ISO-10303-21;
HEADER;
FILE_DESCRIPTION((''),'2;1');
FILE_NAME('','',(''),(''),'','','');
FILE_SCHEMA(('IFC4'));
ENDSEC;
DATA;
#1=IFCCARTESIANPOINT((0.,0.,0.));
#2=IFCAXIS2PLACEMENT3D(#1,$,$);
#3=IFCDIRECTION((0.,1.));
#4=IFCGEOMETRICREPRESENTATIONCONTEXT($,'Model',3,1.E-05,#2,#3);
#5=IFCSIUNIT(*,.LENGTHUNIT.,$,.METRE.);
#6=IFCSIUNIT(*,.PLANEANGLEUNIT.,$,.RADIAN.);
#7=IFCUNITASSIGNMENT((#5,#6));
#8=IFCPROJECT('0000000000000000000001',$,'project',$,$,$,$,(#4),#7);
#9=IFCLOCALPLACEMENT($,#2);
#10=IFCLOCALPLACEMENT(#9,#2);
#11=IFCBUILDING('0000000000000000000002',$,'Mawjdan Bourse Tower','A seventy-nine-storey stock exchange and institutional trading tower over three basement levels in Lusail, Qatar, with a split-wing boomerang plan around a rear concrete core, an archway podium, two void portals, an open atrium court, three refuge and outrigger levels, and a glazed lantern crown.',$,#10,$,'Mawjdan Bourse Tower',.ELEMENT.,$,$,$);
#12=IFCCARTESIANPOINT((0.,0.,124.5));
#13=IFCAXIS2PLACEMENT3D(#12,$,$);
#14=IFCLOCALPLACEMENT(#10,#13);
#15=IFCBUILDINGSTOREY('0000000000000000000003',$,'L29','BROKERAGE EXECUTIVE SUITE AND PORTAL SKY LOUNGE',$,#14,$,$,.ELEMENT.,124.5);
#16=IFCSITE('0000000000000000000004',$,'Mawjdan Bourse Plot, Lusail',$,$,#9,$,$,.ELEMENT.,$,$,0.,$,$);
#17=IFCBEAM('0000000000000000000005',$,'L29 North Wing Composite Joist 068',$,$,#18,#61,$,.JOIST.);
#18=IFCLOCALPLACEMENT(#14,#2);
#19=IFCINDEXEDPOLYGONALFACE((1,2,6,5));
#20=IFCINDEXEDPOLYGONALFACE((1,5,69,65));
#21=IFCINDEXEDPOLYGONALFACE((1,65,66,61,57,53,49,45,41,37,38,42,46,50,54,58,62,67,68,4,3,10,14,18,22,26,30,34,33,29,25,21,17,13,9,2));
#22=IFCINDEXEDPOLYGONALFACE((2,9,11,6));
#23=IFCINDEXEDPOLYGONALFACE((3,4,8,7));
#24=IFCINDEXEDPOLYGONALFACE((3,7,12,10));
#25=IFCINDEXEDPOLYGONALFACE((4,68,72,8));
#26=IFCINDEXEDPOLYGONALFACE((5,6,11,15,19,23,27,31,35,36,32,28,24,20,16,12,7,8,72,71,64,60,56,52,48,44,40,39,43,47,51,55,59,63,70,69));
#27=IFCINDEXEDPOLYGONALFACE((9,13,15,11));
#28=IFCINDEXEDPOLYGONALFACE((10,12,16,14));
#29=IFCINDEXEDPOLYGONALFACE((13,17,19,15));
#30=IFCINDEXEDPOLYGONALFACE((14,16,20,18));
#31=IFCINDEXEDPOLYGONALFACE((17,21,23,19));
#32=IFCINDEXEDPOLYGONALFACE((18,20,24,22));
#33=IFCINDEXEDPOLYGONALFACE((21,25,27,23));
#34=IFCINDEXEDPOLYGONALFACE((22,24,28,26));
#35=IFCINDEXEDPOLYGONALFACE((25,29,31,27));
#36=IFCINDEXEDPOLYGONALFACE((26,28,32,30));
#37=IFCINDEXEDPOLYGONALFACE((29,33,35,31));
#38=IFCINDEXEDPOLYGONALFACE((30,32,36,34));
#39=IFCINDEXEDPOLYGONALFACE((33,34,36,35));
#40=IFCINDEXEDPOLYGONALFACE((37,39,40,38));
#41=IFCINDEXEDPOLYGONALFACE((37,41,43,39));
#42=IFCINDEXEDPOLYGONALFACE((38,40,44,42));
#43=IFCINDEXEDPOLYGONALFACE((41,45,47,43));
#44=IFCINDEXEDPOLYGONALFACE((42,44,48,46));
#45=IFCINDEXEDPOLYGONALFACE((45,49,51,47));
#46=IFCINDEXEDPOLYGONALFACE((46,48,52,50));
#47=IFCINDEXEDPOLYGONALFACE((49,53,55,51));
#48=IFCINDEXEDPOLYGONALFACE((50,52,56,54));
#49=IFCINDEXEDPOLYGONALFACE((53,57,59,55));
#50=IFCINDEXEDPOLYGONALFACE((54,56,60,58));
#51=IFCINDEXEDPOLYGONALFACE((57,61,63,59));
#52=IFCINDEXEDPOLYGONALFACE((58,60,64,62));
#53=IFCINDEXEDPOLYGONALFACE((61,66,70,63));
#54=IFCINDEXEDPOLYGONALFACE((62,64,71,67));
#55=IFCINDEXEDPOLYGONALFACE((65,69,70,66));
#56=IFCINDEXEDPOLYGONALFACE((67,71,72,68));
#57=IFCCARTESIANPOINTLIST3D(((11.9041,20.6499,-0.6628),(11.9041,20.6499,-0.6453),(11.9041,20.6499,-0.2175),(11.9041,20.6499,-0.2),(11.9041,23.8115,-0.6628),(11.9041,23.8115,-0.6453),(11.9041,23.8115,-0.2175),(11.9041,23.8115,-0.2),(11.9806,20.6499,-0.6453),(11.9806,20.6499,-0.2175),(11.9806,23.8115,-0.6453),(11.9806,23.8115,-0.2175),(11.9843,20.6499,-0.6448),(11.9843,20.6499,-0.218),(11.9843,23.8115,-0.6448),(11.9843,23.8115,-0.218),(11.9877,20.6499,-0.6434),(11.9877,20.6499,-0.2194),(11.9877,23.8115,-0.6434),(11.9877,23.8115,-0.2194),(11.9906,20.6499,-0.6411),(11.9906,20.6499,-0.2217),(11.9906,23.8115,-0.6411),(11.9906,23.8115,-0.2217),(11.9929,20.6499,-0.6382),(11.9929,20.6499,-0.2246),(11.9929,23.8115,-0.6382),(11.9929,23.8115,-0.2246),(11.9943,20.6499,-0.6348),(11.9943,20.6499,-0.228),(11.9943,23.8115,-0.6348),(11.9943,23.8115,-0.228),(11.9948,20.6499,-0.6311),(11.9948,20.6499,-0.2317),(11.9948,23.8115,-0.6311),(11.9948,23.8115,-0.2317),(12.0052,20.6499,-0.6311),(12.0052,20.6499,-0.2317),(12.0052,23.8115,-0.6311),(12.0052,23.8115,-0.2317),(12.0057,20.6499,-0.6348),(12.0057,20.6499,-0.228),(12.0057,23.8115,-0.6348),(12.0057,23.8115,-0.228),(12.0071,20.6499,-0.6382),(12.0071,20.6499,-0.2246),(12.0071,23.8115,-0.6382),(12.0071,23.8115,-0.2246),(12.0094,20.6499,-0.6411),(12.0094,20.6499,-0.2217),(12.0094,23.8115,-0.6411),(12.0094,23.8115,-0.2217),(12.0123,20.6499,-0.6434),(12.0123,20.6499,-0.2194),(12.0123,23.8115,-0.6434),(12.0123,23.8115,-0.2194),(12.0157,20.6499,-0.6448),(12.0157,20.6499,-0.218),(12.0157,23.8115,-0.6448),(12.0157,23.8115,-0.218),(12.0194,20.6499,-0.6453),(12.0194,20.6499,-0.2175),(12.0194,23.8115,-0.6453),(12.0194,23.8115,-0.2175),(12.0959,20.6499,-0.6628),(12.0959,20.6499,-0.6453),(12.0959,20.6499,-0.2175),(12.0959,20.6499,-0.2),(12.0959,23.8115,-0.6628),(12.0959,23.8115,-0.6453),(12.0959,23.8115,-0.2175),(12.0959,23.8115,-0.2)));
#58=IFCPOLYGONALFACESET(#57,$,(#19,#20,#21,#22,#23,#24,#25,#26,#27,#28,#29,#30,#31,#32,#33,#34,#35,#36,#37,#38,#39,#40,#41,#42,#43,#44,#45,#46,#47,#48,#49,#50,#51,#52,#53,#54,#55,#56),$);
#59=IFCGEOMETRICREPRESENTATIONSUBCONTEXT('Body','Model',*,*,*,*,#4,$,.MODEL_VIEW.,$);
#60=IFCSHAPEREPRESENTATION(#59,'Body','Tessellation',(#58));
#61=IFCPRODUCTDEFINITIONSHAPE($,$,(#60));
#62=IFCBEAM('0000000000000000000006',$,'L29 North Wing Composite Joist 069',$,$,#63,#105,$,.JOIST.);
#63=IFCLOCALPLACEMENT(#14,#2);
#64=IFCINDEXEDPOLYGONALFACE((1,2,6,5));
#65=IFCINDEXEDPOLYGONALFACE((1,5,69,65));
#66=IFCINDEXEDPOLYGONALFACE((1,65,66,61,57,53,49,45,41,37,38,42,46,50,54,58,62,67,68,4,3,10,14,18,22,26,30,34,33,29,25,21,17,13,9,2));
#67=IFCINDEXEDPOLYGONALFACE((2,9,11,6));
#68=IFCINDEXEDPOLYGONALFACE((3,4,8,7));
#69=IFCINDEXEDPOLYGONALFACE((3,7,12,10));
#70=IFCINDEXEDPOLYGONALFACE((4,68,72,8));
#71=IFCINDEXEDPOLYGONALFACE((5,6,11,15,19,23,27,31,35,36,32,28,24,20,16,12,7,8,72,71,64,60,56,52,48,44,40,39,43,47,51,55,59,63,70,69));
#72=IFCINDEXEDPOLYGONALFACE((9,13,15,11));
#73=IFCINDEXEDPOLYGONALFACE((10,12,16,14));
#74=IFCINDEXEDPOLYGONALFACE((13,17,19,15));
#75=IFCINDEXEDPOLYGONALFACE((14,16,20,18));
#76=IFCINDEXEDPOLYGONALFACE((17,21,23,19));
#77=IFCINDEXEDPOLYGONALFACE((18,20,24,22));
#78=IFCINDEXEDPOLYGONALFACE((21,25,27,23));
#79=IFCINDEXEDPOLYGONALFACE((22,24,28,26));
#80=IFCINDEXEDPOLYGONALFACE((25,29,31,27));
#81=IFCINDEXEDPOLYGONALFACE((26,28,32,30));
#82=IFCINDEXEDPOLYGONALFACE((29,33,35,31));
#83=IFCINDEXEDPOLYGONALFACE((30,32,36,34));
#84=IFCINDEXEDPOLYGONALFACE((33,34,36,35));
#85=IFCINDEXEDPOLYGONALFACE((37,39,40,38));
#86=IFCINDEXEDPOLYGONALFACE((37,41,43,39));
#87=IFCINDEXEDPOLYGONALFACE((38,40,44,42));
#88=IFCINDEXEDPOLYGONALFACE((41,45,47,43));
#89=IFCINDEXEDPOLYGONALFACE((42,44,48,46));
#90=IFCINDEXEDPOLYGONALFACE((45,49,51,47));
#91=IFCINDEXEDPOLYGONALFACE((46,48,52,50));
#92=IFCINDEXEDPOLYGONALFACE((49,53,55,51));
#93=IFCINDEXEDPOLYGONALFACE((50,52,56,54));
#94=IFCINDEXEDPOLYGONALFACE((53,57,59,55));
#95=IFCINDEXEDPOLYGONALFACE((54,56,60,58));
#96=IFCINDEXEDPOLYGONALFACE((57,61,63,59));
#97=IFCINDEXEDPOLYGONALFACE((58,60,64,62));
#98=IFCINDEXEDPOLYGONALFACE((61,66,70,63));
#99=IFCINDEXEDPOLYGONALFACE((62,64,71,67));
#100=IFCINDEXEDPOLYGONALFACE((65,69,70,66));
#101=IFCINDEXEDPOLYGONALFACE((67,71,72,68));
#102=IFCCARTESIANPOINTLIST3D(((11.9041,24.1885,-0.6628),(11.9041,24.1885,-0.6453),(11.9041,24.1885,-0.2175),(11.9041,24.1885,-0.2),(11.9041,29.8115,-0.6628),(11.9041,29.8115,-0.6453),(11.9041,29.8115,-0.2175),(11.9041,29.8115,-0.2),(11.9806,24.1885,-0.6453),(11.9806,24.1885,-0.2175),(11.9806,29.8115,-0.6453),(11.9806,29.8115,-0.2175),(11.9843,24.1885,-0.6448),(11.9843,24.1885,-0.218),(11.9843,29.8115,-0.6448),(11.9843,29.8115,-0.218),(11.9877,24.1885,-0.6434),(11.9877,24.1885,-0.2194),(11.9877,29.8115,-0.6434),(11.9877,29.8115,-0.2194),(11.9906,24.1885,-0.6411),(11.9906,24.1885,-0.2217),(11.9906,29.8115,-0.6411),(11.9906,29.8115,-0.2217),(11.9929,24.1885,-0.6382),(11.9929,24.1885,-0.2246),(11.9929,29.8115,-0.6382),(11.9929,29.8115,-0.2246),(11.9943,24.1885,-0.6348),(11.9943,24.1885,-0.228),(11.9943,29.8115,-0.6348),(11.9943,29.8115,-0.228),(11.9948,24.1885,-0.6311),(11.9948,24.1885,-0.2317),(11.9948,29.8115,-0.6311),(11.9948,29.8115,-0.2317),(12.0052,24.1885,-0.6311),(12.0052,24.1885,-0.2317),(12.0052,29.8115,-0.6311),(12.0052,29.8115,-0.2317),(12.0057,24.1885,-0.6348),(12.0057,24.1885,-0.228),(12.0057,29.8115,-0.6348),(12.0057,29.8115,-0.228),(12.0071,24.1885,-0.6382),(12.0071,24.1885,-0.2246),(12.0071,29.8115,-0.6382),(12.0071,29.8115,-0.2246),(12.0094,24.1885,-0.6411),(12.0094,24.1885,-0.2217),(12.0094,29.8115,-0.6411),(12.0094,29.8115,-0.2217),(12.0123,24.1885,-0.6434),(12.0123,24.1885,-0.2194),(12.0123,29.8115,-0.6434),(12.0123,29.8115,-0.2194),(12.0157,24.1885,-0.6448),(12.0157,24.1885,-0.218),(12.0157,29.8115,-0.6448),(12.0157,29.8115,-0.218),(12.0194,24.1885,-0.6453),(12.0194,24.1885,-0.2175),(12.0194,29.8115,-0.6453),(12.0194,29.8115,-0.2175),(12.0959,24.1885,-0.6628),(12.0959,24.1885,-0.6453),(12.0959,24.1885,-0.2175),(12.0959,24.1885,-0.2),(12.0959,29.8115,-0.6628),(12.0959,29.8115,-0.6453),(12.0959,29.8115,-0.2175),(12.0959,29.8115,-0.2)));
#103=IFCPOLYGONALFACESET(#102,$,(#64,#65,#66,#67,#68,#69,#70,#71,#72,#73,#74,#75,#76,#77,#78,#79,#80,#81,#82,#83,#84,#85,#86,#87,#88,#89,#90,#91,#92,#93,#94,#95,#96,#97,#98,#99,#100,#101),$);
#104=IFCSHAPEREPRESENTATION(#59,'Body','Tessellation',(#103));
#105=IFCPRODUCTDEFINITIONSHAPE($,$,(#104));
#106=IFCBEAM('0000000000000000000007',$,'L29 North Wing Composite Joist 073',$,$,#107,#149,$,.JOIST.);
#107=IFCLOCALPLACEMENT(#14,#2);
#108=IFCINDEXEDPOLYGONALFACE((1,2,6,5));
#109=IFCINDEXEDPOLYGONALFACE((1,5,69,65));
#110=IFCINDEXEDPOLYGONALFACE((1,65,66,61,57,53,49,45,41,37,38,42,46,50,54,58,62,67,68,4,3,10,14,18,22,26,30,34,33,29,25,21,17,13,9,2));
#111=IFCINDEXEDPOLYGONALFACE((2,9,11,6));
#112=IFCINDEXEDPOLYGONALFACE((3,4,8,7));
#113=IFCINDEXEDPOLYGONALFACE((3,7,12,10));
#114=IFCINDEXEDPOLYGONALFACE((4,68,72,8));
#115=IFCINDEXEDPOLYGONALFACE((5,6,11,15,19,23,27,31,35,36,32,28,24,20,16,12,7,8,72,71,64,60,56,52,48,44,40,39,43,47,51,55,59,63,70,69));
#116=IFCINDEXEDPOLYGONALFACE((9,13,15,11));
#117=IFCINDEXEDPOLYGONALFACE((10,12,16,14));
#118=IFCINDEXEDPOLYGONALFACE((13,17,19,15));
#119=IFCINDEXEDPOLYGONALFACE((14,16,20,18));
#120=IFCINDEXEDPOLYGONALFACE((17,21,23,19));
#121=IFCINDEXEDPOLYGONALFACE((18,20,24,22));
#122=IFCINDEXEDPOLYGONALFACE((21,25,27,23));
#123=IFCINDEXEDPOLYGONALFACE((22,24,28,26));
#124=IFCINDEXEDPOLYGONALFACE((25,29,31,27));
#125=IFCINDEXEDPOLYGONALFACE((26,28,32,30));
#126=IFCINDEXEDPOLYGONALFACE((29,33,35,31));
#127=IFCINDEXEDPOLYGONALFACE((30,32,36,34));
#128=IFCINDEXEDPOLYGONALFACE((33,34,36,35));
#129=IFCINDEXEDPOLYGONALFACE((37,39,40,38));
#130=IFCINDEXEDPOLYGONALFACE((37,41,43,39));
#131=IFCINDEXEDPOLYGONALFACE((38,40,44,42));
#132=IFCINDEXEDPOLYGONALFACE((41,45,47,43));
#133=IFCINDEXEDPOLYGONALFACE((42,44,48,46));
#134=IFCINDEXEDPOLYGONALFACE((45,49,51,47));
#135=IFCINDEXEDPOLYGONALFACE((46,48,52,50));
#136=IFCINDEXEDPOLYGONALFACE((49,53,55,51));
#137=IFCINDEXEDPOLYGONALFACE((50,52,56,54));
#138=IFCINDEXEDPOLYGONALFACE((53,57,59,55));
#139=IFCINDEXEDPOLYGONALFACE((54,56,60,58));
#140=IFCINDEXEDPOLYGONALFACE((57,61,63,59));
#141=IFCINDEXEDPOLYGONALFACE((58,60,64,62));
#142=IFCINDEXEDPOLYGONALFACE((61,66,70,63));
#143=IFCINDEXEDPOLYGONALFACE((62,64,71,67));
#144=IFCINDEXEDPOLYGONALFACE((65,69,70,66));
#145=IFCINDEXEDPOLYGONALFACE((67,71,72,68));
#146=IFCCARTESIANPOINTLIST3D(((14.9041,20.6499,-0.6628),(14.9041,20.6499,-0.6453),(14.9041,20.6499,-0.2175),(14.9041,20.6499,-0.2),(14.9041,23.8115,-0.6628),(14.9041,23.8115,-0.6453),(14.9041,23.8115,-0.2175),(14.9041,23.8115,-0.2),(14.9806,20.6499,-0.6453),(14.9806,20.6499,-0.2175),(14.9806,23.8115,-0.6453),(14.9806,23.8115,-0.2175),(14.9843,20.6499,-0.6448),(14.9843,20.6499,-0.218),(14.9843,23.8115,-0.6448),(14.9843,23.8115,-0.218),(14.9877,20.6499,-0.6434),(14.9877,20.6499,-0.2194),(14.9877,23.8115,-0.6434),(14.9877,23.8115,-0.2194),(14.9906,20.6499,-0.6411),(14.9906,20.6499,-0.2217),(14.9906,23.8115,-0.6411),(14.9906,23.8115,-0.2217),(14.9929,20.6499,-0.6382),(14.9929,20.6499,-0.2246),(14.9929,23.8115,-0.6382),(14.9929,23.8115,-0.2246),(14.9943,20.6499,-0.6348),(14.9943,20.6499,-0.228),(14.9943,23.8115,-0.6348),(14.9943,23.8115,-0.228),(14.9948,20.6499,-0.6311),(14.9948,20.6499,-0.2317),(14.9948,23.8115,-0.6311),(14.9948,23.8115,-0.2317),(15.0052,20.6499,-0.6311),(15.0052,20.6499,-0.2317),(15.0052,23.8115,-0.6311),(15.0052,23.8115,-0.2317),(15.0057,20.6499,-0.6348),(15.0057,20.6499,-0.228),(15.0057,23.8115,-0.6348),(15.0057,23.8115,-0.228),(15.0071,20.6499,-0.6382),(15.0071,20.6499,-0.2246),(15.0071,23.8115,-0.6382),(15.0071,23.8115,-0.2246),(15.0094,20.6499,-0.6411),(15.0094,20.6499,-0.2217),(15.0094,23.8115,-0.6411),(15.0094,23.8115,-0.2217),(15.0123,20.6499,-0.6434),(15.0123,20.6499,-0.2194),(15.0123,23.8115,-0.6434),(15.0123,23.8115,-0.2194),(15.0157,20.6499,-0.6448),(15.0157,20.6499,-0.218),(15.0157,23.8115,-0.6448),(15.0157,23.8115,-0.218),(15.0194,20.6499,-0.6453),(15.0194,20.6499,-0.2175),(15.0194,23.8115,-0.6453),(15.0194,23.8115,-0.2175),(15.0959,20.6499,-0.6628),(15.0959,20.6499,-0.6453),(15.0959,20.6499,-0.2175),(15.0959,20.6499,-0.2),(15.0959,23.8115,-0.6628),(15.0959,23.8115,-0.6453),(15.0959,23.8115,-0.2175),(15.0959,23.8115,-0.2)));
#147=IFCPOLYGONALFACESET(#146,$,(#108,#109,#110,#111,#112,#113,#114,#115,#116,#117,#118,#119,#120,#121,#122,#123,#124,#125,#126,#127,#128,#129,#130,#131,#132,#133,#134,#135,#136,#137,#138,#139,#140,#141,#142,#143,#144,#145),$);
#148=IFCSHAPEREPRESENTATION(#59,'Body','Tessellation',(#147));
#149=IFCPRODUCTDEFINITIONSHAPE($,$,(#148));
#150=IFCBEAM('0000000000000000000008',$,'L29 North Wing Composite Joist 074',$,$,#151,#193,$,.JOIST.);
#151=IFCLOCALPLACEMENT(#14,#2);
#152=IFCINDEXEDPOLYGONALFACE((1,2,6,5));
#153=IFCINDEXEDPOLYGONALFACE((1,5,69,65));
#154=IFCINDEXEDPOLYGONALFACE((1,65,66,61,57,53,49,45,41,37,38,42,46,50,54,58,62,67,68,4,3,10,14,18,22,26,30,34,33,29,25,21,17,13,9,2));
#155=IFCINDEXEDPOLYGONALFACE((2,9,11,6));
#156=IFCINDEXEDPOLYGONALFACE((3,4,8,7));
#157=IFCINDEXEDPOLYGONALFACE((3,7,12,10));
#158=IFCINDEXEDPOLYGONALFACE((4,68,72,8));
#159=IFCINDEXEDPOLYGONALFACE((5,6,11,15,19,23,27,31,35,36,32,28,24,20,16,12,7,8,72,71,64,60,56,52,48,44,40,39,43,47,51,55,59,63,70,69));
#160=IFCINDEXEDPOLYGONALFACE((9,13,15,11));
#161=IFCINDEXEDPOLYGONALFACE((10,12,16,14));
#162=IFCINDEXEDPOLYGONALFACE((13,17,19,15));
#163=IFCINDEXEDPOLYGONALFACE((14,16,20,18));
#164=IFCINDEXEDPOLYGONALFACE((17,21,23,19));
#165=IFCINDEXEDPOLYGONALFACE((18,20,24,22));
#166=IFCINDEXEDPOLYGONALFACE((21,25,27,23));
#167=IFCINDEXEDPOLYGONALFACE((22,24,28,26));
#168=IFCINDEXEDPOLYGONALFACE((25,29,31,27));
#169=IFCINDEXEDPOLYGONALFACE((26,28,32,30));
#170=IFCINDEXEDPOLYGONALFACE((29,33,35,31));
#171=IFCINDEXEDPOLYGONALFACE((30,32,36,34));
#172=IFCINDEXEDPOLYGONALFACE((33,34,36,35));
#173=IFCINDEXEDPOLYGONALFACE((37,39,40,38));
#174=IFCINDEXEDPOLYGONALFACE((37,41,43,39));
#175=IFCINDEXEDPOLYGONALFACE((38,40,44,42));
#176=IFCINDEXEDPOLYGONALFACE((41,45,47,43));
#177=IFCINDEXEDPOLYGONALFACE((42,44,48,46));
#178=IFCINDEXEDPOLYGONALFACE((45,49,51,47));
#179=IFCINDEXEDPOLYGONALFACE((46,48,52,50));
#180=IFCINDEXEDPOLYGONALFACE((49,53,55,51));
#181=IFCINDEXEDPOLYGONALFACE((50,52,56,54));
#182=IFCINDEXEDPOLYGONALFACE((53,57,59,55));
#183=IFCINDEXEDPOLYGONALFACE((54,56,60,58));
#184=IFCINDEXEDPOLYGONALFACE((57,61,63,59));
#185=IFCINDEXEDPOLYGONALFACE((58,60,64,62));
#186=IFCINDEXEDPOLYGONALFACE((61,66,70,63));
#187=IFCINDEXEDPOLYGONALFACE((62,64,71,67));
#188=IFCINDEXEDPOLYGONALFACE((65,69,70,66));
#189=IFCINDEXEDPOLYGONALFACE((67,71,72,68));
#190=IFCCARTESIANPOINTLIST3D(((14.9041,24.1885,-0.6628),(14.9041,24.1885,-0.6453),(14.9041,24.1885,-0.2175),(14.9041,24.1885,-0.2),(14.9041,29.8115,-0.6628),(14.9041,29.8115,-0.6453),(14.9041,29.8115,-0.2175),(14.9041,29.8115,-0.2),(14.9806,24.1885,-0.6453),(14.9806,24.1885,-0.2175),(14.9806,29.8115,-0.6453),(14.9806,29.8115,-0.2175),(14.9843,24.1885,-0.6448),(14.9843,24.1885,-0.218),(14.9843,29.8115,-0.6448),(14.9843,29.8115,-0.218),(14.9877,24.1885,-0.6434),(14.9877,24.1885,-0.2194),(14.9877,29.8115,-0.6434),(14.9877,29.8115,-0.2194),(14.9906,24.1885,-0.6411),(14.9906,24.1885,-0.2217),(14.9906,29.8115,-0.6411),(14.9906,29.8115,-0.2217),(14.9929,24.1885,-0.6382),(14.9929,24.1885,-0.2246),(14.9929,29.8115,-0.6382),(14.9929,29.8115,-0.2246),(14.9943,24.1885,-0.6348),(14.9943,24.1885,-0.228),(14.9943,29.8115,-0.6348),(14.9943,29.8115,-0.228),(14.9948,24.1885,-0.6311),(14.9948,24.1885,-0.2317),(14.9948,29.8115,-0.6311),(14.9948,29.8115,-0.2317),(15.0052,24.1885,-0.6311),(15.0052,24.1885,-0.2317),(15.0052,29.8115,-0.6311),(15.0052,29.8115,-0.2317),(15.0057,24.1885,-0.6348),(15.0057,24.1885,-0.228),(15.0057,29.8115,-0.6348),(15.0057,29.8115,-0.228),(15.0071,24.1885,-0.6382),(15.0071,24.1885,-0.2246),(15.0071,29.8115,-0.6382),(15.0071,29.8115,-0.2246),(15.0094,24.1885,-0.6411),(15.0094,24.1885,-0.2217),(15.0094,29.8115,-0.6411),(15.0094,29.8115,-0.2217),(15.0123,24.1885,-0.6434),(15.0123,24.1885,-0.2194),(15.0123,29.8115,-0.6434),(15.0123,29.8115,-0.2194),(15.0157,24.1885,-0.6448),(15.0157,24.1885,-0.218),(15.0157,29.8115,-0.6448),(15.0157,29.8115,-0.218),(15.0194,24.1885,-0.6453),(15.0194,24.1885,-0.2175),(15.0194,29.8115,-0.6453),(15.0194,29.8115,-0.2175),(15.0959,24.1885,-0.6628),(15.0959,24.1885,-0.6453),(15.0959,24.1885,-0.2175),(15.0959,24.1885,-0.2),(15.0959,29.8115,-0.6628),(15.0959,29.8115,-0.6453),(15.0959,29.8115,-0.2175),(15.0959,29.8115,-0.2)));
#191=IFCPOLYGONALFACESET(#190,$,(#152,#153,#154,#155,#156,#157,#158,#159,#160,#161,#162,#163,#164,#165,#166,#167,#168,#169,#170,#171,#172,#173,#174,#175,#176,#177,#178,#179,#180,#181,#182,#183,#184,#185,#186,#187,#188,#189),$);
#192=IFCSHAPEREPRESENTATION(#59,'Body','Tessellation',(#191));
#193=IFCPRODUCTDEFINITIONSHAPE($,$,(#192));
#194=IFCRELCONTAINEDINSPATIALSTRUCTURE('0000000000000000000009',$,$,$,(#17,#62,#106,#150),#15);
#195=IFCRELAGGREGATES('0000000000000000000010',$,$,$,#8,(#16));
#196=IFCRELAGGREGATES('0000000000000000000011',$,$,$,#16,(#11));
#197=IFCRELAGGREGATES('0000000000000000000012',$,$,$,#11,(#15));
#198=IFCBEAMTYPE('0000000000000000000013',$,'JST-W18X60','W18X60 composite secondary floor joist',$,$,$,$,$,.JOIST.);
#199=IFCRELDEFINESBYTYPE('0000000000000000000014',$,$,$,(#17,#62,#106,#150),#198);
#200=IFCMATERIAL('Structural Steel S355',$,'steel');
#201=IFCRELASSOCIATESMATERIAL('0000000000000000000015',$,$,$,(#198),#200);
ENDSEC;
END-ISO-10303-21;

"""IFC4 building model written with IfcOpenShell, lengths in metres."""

from ifc_helpers import new_model, si_unit, direction, frame, origin, origin_2d, place, context, subcontext, project, spatial, i_section, extrude, material, material_profile, profile_set, type_object, element, save


model = new_model("IFC4")

# Units and contexts
model_context = context("Model", 3, precision=1e-05, world=origin(), true_north=direction((0.0, 1.0)))
body_context = subcontext(model_context, "Body", "Model", "MODEL_VIEW")
ifc_project = project(units=[si_unit("LENGTHUNIT", "METRE"), si_unit("PLANEANGLEUNIT", "RADIAN")], contexts=[model_context])

# Site, building, storey
site_placement = place(None, origin())
site = spatial("IfcSite", under=ifc_project, at=site_placement, Name="Mawjdan Bourse Plot, Lusail", CompositionType="ELEMENT", RefElevation=0.0)
building_placement = place(site_placement, origin())
building = spatial("IfcBuilding", under=site, at=building_placement, Name="Mawjdan Bourse Tower", Description="A seventy-nine-storey stock exchange and institutional trading tower over three basement levels in Lusail, Qatar, with a split-wing boomerang plan around a rear concrete core, an archway podium, two void portals, an open atrium court, three refuge and outrigger levels, and a glazed lantern crown.", LongName="Mawjdan Bourse Tower", CompositionType="ELEMENT")
storey_placement = place(building_placement, frame((0.0, 0.0, 124.5)))
storey = spatial("IfcBuildingStorey", under=building, at=storey_placement, Name="L29", Description="BROKERAGE EXECUTIVE SUITE AND PORTAL SKY LOUNGE", CompositionType="ELEMENT", Elevation=124.5)

# Beams
ifc_material_1 = material(Name="Structural Steel S355", Category="steel")
ifc_material_profile_1 = material_profile(ifc_material_1, i_section(OverallWidth=0.1919, OverallDepth=0.4629, WebThickness=0.0105, FlangeThickness=0.0176, FilletRadius=0.0142, at=origin_2d()), Name="W18X60")
ifc_profile_set_1 = profile_set([ifc_material_profile_1], Name="Structural Steel S355")
beam_type_1 = type_object("IfcBeamType", Name="JST-W18X60", Description="W18X60 composite secondary floor joist", PredefinedType="JOIST", material=ifc_profile_set_1)
beam_1_placement = place(storey_placement, frame((12.0, 20.6499, -0.4314), z_axis=(0.0, 1.0, 0.0), x_axis=(-1.0, 0.0, 0.0)))
element("IfcBeam", 1, at=beam_1_placement, inside=storey, type_object=beam_type_1, Name="L29 North Wing Composite Joist 068", PredefinedType="JOIST", context=body_context, shape_type="SweptSolid", body=[
    extrude(i_section(OverallWidth=0.1919, OverallDepth=0.4629, WebThickness=0.0105, FlangeThickness=0.0176, FilletRadius=0.0142, at=origin_2d()), origin(), (0.0, 0.0, 1.0), 3.1616),
])
beam_2_placement = place(storey_placement, frame((12.0, 24.1885, -0.4314), z_axis=(0.0, 1.0, 0.0), x_axis=(-1.0, 0.0, 0.0)))
element("IfcBeam", 2, at=beam_2_placement, inside=storey, type_object=beam_type_1, Name="L29 North Wing Composite Joist 069", PredefinedType="JOIST", context=body_context, shape_type="SweptSolid", body=[
    extrude(i_section(OverallWidth=0.1919, OverallDepth=0.4629, WebThickness=0.0105, FlangeThickness=0.0176, FilletRadius=0.0142, at=origin_2d()), origin(), (0.0, 0.0, 1.0), 5.623),
])
beam_3_placement = place(storey_placement, frame((15.0, 20.6499, -0.4314), z_axis=(0.0, 1.0, 0.0), x_axis=(-1.0, 0.0, 0.0)))
element("IfcBeam", 3, at=beam_3_placement, inside=storey, type_object=beam_type_1, Name="L29 North Wing Composite Joist 073", PredefinedType="JOIST", context=body_context, shape_type="SweptSolid", body=[
    extrude(i_section(OverallWidth=0.1919, OverallDepth=0.4629, WebThickness=0.0105, FlangeThickness=0.0176, FilletRadius=0.0142, at=origin_2d()), origin(), (0.0, 0.0, 1.0), 3.1616),
])
beam_4_placement = place(storey_placement, frame((15.0, 24.1885, -0.4314), z_axis=(0.0, 1.0, 0.0), x_axis=(-1.0, 0.0, 0.0)))
element("IfcBeam", 4, at=beam_4_placement, inside=storey, type_object=beam_type_1, Name="L29 North Wing Composite Joist 074", PredefinedType="JOIST", context=body_context, shape_type="SweptSolid", body=[
    extrude(i_section(OverallWidth=0.1919, OverallDepth=0.4629, WebThickness=0.0105, FlangeThickness=0.0176, FilletRadius=0.0142, at=origin_2d()), origin(), (0.0, 0.0, 1.0), 5.623),
])

save(model, "model.ifc")
